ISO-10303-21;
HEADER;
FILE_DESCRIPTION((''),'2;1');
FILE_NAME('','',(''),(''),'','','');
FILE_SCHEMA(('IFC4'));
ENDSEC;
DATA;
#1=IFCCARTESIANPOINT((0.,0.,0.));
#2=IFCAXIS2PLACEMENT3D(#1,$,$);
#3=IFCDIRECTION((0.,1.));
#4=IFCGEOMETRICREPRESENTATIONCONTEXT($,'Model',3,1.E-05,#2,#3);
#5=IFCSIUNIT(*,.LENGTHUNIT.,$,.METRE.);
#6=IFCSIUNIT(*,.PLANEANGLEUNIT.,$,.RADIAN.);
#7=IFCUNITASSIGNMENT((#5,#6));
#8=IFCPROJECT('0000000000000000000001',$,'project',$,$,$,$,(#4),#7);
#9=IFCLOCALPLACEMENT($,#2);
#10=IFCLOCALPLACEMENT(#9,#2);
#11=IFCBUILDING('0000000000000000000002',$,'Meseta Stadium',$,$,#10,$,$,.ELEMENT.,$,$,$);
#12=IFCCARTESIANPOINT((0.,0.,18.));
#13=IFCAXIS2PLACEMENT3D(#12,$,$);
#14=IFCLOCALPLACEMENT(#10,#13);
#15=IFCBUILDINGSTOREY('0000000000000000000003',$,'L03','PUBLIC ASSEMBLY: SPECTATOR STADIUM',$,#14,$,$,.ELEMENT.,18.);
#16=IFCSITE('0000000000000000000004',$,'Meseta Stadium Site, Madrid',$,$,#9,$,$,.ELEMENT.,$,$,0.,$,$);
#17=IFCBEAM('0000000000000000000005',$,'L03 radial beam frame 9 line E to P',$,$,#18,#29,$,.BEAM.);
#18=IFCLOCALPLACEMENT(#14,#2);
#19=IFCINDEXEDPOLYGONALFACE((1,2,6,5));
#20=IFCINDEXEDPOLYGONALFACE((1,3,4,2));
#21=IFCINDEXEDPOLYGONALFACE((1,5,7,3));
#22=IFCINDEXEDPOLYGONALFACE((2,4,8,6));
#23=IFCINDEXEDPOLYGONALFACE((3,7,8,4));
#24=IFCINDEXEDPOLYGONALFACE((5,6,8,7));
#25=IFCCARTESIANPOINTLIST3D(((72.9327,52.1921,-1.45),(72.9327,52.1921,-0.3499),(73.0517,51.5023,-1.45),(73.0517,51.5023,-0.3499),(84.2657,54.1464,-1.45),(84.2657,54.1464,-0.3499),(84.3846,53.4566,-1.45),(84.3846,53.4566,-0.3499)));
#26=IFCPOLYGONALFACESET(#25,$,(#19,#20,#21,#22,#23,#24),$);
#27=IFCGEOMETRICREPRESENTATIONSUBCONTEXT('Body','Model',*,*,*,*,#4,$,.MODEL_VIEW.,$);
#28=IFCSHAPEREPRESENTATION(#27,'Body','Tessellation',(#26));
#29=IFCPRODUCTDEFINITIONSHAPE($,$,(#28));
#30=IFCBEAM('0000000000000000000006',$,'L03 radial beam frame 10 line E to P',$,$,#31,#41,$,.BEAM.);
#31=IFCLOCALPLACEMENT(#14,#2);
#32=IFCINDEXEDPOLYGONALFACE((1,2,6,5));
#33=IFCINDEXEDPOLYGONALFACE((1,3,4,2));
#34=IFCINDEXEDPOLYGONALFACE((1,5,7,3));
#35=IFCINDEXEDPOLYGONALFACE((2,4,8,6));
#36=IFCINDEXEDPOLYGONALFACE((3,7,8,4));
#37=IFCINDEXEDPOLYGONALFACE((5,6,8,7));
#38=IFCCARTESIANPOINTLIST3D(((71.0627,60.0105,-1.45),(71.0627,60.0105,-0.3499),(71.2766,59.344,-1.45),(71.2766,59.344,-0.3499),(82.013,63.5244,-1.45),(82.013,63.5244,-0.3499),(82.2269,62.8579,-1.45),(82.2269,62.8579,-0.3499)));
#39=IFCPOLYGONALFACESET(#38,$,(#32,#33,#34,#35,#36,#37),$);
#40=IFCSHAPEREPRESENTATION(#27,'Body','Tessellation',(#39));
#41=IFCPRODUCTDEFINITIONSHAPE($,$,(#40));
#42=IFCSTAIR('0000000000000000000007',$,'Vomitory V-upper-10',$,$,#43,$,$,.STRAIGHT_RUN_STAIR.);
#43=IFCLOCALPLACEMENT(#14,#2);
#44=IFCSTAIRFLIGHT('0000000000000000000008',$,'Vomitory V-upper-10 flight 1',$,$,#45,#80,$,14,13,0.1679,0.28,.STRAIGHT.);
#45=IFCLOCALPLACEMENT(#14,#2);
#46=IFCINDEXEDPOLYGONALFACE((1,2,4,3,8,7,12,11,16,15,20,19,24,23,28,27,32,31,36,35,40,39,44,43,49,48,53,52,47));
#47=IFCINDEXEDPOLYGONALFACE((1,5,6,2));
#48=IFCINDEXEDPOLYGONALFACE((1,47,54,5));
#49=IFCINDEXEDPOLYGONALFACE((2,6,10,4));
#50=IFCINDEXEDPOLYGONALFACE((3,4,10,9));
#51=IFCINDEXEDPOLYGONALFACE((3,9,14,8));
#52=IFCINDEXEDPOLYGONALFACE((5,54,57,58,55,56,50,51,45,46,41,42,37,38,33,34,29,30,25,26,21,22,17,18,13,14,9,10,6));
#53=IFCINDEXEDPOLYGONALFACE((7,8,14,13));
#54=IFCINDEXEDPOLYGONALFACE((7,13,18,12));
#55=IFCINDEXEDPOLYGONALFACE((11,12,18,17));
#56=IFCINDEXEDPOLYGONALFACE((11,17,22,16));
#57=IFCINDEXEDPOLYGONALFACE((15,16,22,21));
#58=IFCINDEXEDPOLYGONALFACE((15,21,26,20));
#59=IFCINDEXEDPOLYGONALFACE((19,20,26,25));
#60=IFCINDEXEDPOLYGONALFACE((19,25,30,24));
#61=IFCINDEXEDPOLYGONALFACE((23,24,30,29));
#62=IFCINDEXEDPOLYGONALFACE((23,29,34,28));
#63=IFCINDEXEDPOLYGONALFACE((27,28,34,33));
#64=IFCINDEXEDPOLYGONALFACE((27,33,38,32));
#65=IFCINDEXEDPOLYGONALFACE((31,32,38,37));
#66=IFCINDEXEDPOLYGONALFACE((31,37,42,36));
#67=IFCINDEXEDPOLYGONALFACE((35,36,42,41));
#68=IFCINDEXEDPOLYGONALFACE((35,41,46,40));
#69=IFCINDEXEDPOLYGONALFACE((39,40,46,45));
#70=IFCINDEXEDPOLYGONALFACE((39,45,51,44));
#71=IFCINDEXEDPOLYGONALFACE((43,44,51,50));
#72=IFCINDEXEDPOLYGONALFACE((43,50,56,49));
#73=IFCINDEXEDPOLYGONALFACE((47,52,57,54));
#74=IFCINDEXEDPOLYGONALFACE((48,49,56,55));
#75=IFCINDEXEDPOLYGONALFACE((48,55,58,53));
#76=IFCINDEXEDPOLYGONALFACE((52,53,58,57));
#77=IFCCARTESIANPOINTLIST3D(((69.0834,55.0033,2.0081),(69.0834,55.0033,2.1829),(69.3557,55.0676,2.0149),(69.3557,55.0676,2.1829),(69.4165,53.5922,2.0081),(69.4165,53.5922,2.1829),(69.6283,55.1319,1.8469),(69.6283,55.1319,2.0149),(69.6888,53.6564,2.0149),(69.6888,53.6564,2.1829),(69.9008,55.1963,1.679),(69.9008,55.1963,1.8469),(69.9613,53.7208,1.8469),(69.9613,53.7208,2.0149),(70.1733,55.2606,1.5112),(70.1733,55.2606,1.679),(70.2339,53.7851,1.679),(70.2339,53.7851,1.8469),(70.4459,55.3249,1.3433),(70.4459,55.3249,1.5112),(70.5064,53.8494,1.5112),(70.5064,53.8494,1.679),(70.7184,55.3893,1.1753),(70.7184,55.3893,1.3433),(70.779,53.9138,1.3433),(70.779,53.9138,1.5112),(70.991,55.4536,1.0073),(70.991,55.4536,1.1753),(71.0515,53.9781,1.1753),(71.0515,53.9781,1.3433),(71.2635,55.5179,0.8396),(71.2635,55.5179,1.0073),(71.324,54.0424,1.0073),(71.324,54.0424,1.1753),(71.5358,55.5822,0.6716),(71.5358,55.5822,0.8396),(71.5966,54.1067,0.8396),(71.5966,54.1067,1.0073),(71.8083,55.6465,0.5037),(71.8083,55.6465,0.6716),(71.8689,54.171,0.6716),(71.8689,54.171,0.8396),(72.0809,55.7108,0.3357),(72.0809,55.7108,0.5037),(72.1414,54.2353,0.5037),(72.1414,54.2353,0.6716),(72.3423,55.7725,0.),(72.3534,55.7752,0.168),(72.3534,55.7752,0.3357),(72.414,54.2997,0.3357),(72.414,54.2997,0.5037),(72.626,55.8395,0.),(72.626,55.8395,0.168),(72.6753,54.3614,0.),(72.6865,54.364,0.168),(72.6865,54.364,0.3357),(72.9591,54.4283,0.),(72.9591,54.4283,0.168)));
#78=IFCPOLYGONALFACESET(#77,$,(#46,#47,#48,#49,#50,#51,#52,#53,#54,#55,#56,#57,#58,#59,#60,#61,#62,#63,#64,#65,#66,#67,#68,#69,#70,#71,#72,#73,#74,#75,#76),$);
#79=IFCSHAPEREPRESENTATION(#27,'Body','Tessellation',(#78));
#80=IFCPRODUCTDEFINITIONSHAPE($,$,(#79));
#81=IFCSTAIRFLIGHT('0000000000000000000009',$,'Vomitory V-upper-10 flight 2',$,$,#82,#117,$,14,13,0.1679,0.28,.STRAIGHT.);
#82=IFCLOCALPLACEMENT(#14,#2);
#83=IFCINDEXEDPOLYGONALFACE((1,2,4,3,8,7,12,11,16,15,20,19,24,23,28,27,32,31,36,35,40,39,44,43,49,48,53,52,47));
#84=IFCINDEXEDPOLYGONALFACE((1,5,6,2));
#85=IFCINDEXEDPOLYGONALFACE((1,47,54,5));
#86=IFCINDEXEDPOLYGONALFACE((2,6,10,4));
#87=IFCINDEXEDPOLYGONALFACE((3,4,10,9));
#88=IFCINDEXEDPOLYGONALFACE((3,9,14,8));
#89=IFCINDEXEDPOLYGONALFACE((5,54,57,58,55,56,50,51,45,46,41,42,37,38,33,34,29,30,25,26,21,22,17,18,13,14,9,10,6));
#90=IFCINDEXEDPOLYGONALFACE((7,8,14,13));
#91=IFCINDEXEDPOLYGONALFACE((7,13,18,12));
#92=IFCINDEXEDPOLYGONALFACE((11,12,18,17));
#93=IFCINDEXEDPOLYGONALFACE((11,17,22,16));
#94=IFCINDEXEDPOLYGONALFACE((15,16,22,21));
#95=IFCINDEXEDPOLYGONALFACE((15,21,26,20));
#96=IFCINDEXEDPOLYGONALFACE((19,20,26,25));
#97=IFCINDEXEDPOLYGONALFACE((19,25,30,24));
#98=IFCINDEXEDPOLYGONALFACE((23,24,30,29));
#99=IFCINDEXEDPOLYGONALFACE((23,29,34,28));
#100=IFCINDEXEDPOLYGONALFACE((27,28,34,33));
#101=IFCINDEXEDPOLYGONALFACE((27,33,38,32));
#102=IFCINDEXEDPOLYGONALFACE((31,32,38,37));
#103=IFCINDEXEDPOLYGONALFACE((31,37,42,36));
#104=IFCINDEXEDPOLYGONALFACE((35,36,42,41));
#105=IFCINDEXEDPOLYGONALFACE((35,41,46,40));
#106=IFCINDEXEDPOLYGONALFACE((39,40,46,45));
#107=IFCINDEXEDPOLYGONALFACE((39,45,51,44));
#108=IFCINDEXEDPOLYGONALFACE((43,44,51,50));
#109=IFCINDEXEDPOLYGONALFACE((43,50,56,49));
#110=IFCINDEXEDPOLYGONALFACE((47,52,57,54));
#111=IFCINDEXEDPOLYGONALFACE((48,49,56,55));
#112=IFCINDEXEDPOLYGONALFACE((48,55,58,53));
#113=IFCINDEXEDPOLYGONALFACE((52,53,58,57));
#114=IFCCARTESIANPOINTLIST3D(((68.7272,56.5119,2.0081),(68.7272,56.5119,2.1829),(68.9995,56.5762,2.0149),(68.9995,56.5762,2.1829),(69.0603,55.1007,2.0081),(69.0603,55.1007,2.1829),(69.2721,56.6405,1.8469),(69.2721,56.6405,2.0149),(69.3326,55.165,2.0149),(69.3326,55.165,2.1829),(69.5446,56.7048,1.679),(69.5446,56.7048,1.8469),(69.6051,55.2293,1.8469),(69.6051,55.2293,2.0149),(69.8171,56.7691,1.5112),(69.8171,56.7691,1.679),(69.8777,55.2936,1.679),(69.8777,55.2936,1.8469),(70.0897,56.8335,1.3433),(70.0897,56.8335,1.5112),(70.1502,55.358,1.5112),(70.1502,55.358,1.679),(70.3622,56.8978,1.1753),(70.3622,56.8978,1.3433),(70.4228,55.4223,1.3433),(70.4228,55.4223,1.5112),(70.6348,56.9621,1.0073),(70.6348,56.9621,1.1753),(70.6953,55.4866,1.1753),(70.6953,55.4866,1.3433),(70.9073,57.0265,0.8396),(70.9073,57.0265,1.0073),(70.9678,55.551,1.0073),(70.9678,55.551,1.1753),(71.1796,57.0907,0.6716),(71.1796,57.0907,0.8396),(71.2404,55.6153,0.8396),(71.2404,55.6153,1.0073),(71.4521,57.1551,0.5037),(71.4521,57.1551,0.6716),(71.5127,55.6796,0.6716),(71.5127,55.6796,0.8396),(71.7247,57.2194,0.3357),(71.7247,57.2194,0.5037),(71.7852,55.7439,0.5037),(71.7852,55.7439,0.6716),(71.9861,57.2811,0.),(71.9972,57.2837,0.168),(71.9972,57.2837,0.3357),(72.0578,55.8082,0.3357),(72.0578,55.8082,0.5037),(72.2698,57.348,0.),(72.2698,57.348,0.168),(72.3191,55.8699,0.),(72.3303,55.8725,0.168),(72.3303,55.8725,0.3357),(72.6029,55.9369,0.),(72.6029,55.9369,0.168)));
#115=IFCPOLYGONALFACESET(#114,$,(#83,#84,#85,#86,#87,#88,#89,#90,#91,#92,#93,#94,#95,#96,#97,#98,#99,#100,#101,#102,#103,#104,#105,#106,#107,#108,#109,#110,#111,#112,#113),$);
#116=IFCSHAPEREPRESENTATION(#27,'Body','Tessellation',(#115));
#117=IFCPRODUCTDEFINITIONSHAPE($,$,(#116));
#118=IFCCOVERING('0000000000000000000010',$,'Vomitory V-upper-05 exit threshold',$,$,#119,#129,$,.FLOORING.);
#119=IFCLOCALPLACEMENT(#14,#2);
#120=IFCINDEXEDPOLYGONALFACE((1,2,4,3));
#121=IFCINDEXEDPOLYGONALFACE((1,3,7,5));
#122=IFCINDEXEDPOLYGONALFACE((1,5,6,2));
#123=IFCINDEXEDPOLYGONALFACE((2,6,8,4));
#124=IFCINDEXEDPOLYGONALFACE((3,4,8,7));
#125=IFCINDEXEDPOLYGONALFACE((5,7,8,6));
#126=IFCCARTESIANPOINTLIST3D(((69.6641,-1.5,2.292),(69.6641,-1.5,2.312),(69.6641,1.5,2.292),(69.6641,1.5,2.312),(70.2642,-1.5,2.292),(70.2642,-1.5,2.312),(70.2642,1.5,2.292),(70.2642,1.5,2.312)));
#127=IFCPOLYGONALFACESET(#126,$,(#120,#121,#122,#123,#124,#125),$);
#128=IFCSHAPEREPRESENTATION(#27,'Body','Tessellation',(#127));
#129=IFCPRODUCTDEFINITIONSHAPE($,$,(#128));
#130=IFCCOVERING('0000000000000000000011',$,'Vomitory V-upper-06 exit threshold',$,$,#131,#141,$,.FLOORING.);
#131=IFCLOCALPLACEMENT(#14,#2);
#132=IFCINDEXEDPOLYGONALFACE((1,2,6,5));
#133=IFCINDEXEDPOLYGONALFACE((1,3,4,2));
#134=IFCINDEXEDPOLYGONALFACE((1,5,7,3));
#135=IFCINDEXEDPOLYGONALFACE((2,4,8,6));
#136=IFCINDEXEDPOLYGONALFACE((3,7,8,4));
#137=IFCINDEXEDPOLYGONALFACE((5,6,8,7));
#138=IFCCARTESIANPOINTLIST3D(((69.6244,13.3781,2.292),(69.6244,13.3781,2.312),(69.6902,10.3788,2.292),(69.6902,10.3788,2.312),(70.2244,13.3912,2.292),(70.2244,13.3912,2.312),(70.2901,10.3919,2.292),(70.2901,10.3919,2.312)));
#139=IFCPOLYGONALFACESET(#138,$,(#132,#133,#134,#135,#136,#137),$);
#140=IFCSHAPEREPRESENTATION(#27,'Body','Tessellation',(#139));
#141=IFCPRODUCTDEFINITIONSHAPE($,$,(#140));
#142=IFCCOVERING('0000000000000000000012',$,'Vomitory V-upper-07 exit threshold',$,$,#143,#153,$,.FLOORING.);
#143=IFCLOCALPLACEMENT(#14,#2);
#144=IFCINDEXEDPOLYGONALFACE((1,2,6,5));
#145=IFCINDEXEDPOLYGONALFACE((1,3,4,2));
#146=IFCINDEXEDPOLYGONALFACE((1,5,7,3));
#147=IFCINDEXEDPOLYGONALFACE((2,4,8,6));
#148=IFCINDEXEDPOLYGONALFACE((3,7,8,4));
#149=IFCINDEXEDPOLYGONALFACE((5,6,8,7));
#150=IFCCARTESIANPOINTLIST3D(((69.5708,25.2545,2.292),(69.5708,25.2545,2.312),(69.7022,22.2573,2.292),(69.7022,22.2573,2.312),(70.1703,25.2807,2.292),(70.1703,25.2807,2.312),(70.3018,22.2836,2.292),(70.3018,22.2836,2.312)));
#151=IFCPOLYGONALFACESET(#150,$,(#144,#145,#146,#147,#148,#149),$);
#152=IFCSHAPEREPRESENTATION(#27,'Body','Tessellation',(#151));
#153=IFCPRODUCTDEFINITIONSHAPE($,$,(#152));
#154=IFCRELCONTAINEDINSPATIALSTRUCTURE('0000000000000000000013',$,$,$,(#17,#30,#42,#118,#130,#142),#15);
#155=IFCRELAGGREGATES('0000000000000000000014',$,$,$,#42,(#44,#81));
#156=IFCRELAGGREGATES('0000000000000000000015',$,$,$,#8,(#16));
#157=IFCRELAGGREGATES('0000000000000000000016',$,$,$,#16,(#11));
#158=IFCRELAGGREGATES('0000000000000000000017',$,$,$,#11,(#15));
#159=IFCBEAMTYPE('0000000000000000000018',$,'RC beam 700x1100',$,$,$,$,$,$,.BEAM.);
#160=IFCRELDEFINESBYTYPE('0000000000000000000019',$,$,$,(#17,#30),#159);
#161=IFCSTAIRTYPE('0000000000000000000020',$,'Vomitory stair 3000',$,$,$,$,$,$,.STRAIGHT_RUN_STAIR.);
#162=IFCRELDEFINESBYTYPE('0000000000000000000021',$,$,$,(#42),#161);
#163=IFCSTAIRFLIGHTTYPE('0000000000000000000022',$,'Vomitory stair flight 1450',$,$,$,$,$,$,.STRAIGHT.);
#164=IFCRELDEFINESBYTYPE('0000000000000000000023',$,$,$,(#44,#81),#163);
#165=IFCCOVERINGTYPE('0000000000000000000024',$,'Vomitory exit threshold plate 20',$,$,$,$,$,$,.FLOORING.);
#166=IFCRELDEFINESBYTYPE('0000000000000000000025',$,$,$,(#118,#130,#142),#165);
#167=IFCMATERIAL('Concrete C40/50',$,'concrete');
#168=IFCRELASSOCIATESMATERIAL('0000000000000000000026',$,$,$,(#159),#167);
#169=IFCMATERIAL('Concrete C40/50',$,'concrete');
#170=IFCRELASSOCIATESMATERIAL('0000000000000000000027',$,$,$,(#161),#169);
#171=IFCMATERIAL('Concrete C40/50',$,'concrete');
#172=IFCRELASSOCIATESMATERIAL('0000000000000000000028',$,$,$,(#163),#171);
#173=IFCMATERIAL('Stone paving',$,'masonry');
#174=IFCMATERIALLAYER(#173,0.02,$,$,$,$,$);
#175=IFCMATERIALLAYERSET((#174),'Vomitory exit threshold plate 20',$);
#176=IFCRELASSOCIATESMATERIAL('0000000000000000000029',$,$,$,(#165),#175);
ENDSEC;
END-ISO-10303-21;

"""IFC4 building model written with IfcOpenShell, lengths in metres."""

from ifc_helpers import new_model, si_unit, direction, frame, origin, origin_2d, place, context, subcontext, project, spatial, polyline, rectangle, outline, extrude, material, layer, layer_set, material_profile, profile_set, type_object, element, aggregate, save


model = new_model("IFC4")

# Units and contexts
model_context = context("Model", 3, precision=1e-05, world=origin(), true_north=direction((0.0, 1.0)))
body_context = subcontext(model_context, "Body", "Model", "MODEL_VIEW")
ifc_project = project(units=[si_unit("LENGTHUNIT", "METRE"), si_unit("PLANEANGLEUNIT", "RADIAN")], contexts=[model_context])

# Site, building, storey
site_placement = place(None, origin())
site = spatial("IfcSite", under=ifc_project, at=site_placement, Name="Meseta Stadium Site, Madrid", CompositionType="ELEMENT", RefElevation=0.0)
building_placement = place(site_placement, origin())
building = spatial("IfcBuilding", under=site, at=building_placement, Name="Meseta Stadium", CompositionType="ELEMENT")
storey_placement = place(building_placement, frame((0.0, 0.0, 18.0)))
storey = spatial("IfcBuildingStorey", under=building, at=storey_placement, Name="L03", Description="PUBLIC ASSEMBLY: SPECTATOR STADIUM", CompositionType="ELEMENT", Elevation=18.0)

# Beams
ifc_material_1 = material(Name="Concrete C40/50", Category="concrete")
ifc_material_profile_1 = material_profile(ifc_material_1, rectangle(XDim=0.7, YDim=1.1001, at=origin_2d()), Name="RC 700x1100")
ifc_profile_set_1 = profile_set([ifc_material_profile_1], Name="Concrete C40/50")
beam_type_1 = type_object("IfcBeamType", Name="RC beam 700x1100", PredefinedType="BEAM", material=ifc_profile_set_1)
for number, where, z_axis, x_axis, name in (
    (1, (72.9922, 51.8472, -0.8999), (0.985455, 0.169939, 0.0), (-0.169939, 0.985455, 0.0), "L03 radial beam frame 9 line E to P"),
    (2, (71.1697, 59.6772, -0.8999), (0.952175, 0.305553, 0.0), (-0.305553, 0.952175, 0.0), "L03 radial beam frame 10 line E to P"),
):
    element("IfcBeam", number, at=place(storey_placement, frame(where, z_axis=z_axis, x_axis=x_axis)), inside=storey, type_object=beam_type_1, Name=name, PredefinedType="BEAM", context=body_context, shape_type="SweptSolid", body=[
        extrude(rectangle(XDim=0.7, YDim=1.1001, at=origin_2d()), origin(), (0.0, 0.0, 1.0), 11.5002),
    ])

# Stair, stair flights
ifc_material_2 = material(Name="Concrete C40/50", Category="concrete")
stair_type = type_object("IfcStairType", Name="Vomitory stair 3000", PredefinedType="STRAIGHT_RUN_STAIR", material=ifc_material_2)
stair_placement = place(storey_placement, origin())
stair = element("IfcStair", 3, at=stair_placement, inside=storey, type_object=stair_type, Name="Vomitory V-upper-10", PredefinedType="STRAIGHT_RUN_STAIR")
ifc_material_3 = material(Name="Concrete C40/50", Category="concrete")
stair_flight_type = type_object("IfcStairFlightType", Name="Vomitory stair flight 1450", PredefinedType="STRAIGHT", material=ifc_material_3)
stair_flight_1_placement = place(storey_placement, frame((72.7925, 55.134, 0.0), z_axis=(0.0, 0.0, 1.0), x_axis=(-0.973256, -0.229722, 0.0)))
stair_flight_1 = element("IfcStairFlight", 4, at=stair_flight_1_placement, type_object=stair_flight_type, Name="Vomitory V-upper-10 flight 1", NumberOfRisers=14, NumberOfTreads=13, PredefinedType="STRAIGHT", RiserHeight=0.1679, TreadLength=0.28, context=body_context, shape_type="SweptSolid", body=[
    extrude(outline(polyline([(0.0, 0.0), (0.0, 0.168), (0.28, 0.168), (0.28, 0.3357), (0.5601, 0.3357), (0.5601, 0.5037), (0.8401, 0.5037), (0.8401, 0.6716), (1.1201, 0.6716), (1.1201, 0.8396), (1.3999, 0.8396), (1.3999, 1.0073), (1.6799, 1.0073), (1.6799, 1.1753), (1.96, 1.1753), (1.96, 1.3433), (2.24, 1.3433), (2.24, 1.5112), (2.52, 1.5112), (2.52, 1.679), (2.8, 1.679), (2.8, 1.8469), (3.0801, 1.8469), (3.0801, 2.0149), (3.3601, 2.0149), (3.3601, 2.1829), (3.6399, 2.1829), (3.6399, 2.0081), (0.2915, 0.0), (0.0, 0.0)])), frame((0.0, 0.7251, 0.0), z_axis=(0.0, -1.0, 0.0), x_axis=(1.0, 0.0, 0.0)), (0.0, 0.0, 1.0), 1.45),
])
stair_flight_2_placement = place(storey_placement, frame((72.4363, 56.6426, 0.0), z_axis=(0.0, 0.0, 1.0), x_axis=(-0.973256, -0.229722, 0.0)))
stair_flight_2 = element("IfcStairFlight", 5, at=stair_flight_2_placement, type_object=stair_flight_type, Name="Vomitory V-upper-10 flight 2", NumberOfRisers=14, NumberOfTreads=13, PredefinedType="STRAIGHT", RiserHeight=0.1679, TreadLength=0.28, context=body_context, shape_type="SweptSolid", body=[
    extrude(outline(polyline([(0.0, 0.0), (0.0, 0.168), (0.28, 0.168), (0.28, 0.3357), (0.5601, 0.3357), (0.5601, 0.5037), (0.8401, 0.5037), (0.8401, 0.6716), (1.1201, 0.6716), (1.1201, 0.8396), (1.3999, 0.8396), (1.3999, 1.0073), (1.6799, 1.0073), (1.6799, 1.1753), (1.96, 1.1753), (1.96, 1.3433), (2.24, 1.3433), (2.24, 1.5112), (2.52, 1.5112), (2.52, 1.679), (2.8, 1.679), (2.8, 1.8469), (3.0801, 1.8469), (3.0801, 2.0149), (3.3601, 2.0149), (3.3601, 2.1829), (3.6399, 2.1829), (3.6399, 2.0081), (0.2915, 0.0), (0.0, 0.0)])), frame((0.0, 0.7251, 0.0), z_axis=(0.0, -1.0, 0.0), x_axis=(1.0, 0.0, 0.0)), (0.0, 0.0, 1.0), 1.45),
])
aggregate(stair, [stair_flight_1, stair_flight_2])

# Coverings
ifc_material_4 = material(Name="Stone paving", Category="masonry")
ifc_layer = layer(ifc_material_4, 0.02)
ifc_layer_set = layer_set([ifc_layer], Name="Vomitory exit threshold plate 20")
covering_type = type_object("IfcCoveringType", Name="Vomitory exit threshold plate 20", PredefinedType="FLOORING", material=ifc_layer_set)
for number, where, z_axis, x_axis, name in (
    (6, (69.9641, 0.0, 2.292), (0.0, 0.0, 1.0), (-1.0, 0.0, 0.0), "Vomitory V-upper-05 exit threshold"),
    (7, (69.9573, 11.885, 2.292), (0.0, 0.0, 1.0), (-0.99976, -0.021925, 0.0), "Vomitory V-upper-06 exit threshold"),
    (8, (69.9363, 23.769, 2.292), (0.0, 0.0, 1.0), (-0.99904, -0.043818, 0.0), "Vomitory V-upper-07 exit threshold"),
):
    element("IfcCovering", number, at=place(storey_placement, frame(where, z_axis=z_axis, x_axis=x_axis)), inside=storey, type_object=covering_type, Name=name, PredefinedType="FLOORING", context=body_context, shape_type="SweptSolid", body=[
        extrude(rectangle(XDim=0.6001, YDim=3.0, at=origin_2d()), origin(), (0.0, 0.0, 1.0), 0.02),
    ])

save(model, "model.ifc")
